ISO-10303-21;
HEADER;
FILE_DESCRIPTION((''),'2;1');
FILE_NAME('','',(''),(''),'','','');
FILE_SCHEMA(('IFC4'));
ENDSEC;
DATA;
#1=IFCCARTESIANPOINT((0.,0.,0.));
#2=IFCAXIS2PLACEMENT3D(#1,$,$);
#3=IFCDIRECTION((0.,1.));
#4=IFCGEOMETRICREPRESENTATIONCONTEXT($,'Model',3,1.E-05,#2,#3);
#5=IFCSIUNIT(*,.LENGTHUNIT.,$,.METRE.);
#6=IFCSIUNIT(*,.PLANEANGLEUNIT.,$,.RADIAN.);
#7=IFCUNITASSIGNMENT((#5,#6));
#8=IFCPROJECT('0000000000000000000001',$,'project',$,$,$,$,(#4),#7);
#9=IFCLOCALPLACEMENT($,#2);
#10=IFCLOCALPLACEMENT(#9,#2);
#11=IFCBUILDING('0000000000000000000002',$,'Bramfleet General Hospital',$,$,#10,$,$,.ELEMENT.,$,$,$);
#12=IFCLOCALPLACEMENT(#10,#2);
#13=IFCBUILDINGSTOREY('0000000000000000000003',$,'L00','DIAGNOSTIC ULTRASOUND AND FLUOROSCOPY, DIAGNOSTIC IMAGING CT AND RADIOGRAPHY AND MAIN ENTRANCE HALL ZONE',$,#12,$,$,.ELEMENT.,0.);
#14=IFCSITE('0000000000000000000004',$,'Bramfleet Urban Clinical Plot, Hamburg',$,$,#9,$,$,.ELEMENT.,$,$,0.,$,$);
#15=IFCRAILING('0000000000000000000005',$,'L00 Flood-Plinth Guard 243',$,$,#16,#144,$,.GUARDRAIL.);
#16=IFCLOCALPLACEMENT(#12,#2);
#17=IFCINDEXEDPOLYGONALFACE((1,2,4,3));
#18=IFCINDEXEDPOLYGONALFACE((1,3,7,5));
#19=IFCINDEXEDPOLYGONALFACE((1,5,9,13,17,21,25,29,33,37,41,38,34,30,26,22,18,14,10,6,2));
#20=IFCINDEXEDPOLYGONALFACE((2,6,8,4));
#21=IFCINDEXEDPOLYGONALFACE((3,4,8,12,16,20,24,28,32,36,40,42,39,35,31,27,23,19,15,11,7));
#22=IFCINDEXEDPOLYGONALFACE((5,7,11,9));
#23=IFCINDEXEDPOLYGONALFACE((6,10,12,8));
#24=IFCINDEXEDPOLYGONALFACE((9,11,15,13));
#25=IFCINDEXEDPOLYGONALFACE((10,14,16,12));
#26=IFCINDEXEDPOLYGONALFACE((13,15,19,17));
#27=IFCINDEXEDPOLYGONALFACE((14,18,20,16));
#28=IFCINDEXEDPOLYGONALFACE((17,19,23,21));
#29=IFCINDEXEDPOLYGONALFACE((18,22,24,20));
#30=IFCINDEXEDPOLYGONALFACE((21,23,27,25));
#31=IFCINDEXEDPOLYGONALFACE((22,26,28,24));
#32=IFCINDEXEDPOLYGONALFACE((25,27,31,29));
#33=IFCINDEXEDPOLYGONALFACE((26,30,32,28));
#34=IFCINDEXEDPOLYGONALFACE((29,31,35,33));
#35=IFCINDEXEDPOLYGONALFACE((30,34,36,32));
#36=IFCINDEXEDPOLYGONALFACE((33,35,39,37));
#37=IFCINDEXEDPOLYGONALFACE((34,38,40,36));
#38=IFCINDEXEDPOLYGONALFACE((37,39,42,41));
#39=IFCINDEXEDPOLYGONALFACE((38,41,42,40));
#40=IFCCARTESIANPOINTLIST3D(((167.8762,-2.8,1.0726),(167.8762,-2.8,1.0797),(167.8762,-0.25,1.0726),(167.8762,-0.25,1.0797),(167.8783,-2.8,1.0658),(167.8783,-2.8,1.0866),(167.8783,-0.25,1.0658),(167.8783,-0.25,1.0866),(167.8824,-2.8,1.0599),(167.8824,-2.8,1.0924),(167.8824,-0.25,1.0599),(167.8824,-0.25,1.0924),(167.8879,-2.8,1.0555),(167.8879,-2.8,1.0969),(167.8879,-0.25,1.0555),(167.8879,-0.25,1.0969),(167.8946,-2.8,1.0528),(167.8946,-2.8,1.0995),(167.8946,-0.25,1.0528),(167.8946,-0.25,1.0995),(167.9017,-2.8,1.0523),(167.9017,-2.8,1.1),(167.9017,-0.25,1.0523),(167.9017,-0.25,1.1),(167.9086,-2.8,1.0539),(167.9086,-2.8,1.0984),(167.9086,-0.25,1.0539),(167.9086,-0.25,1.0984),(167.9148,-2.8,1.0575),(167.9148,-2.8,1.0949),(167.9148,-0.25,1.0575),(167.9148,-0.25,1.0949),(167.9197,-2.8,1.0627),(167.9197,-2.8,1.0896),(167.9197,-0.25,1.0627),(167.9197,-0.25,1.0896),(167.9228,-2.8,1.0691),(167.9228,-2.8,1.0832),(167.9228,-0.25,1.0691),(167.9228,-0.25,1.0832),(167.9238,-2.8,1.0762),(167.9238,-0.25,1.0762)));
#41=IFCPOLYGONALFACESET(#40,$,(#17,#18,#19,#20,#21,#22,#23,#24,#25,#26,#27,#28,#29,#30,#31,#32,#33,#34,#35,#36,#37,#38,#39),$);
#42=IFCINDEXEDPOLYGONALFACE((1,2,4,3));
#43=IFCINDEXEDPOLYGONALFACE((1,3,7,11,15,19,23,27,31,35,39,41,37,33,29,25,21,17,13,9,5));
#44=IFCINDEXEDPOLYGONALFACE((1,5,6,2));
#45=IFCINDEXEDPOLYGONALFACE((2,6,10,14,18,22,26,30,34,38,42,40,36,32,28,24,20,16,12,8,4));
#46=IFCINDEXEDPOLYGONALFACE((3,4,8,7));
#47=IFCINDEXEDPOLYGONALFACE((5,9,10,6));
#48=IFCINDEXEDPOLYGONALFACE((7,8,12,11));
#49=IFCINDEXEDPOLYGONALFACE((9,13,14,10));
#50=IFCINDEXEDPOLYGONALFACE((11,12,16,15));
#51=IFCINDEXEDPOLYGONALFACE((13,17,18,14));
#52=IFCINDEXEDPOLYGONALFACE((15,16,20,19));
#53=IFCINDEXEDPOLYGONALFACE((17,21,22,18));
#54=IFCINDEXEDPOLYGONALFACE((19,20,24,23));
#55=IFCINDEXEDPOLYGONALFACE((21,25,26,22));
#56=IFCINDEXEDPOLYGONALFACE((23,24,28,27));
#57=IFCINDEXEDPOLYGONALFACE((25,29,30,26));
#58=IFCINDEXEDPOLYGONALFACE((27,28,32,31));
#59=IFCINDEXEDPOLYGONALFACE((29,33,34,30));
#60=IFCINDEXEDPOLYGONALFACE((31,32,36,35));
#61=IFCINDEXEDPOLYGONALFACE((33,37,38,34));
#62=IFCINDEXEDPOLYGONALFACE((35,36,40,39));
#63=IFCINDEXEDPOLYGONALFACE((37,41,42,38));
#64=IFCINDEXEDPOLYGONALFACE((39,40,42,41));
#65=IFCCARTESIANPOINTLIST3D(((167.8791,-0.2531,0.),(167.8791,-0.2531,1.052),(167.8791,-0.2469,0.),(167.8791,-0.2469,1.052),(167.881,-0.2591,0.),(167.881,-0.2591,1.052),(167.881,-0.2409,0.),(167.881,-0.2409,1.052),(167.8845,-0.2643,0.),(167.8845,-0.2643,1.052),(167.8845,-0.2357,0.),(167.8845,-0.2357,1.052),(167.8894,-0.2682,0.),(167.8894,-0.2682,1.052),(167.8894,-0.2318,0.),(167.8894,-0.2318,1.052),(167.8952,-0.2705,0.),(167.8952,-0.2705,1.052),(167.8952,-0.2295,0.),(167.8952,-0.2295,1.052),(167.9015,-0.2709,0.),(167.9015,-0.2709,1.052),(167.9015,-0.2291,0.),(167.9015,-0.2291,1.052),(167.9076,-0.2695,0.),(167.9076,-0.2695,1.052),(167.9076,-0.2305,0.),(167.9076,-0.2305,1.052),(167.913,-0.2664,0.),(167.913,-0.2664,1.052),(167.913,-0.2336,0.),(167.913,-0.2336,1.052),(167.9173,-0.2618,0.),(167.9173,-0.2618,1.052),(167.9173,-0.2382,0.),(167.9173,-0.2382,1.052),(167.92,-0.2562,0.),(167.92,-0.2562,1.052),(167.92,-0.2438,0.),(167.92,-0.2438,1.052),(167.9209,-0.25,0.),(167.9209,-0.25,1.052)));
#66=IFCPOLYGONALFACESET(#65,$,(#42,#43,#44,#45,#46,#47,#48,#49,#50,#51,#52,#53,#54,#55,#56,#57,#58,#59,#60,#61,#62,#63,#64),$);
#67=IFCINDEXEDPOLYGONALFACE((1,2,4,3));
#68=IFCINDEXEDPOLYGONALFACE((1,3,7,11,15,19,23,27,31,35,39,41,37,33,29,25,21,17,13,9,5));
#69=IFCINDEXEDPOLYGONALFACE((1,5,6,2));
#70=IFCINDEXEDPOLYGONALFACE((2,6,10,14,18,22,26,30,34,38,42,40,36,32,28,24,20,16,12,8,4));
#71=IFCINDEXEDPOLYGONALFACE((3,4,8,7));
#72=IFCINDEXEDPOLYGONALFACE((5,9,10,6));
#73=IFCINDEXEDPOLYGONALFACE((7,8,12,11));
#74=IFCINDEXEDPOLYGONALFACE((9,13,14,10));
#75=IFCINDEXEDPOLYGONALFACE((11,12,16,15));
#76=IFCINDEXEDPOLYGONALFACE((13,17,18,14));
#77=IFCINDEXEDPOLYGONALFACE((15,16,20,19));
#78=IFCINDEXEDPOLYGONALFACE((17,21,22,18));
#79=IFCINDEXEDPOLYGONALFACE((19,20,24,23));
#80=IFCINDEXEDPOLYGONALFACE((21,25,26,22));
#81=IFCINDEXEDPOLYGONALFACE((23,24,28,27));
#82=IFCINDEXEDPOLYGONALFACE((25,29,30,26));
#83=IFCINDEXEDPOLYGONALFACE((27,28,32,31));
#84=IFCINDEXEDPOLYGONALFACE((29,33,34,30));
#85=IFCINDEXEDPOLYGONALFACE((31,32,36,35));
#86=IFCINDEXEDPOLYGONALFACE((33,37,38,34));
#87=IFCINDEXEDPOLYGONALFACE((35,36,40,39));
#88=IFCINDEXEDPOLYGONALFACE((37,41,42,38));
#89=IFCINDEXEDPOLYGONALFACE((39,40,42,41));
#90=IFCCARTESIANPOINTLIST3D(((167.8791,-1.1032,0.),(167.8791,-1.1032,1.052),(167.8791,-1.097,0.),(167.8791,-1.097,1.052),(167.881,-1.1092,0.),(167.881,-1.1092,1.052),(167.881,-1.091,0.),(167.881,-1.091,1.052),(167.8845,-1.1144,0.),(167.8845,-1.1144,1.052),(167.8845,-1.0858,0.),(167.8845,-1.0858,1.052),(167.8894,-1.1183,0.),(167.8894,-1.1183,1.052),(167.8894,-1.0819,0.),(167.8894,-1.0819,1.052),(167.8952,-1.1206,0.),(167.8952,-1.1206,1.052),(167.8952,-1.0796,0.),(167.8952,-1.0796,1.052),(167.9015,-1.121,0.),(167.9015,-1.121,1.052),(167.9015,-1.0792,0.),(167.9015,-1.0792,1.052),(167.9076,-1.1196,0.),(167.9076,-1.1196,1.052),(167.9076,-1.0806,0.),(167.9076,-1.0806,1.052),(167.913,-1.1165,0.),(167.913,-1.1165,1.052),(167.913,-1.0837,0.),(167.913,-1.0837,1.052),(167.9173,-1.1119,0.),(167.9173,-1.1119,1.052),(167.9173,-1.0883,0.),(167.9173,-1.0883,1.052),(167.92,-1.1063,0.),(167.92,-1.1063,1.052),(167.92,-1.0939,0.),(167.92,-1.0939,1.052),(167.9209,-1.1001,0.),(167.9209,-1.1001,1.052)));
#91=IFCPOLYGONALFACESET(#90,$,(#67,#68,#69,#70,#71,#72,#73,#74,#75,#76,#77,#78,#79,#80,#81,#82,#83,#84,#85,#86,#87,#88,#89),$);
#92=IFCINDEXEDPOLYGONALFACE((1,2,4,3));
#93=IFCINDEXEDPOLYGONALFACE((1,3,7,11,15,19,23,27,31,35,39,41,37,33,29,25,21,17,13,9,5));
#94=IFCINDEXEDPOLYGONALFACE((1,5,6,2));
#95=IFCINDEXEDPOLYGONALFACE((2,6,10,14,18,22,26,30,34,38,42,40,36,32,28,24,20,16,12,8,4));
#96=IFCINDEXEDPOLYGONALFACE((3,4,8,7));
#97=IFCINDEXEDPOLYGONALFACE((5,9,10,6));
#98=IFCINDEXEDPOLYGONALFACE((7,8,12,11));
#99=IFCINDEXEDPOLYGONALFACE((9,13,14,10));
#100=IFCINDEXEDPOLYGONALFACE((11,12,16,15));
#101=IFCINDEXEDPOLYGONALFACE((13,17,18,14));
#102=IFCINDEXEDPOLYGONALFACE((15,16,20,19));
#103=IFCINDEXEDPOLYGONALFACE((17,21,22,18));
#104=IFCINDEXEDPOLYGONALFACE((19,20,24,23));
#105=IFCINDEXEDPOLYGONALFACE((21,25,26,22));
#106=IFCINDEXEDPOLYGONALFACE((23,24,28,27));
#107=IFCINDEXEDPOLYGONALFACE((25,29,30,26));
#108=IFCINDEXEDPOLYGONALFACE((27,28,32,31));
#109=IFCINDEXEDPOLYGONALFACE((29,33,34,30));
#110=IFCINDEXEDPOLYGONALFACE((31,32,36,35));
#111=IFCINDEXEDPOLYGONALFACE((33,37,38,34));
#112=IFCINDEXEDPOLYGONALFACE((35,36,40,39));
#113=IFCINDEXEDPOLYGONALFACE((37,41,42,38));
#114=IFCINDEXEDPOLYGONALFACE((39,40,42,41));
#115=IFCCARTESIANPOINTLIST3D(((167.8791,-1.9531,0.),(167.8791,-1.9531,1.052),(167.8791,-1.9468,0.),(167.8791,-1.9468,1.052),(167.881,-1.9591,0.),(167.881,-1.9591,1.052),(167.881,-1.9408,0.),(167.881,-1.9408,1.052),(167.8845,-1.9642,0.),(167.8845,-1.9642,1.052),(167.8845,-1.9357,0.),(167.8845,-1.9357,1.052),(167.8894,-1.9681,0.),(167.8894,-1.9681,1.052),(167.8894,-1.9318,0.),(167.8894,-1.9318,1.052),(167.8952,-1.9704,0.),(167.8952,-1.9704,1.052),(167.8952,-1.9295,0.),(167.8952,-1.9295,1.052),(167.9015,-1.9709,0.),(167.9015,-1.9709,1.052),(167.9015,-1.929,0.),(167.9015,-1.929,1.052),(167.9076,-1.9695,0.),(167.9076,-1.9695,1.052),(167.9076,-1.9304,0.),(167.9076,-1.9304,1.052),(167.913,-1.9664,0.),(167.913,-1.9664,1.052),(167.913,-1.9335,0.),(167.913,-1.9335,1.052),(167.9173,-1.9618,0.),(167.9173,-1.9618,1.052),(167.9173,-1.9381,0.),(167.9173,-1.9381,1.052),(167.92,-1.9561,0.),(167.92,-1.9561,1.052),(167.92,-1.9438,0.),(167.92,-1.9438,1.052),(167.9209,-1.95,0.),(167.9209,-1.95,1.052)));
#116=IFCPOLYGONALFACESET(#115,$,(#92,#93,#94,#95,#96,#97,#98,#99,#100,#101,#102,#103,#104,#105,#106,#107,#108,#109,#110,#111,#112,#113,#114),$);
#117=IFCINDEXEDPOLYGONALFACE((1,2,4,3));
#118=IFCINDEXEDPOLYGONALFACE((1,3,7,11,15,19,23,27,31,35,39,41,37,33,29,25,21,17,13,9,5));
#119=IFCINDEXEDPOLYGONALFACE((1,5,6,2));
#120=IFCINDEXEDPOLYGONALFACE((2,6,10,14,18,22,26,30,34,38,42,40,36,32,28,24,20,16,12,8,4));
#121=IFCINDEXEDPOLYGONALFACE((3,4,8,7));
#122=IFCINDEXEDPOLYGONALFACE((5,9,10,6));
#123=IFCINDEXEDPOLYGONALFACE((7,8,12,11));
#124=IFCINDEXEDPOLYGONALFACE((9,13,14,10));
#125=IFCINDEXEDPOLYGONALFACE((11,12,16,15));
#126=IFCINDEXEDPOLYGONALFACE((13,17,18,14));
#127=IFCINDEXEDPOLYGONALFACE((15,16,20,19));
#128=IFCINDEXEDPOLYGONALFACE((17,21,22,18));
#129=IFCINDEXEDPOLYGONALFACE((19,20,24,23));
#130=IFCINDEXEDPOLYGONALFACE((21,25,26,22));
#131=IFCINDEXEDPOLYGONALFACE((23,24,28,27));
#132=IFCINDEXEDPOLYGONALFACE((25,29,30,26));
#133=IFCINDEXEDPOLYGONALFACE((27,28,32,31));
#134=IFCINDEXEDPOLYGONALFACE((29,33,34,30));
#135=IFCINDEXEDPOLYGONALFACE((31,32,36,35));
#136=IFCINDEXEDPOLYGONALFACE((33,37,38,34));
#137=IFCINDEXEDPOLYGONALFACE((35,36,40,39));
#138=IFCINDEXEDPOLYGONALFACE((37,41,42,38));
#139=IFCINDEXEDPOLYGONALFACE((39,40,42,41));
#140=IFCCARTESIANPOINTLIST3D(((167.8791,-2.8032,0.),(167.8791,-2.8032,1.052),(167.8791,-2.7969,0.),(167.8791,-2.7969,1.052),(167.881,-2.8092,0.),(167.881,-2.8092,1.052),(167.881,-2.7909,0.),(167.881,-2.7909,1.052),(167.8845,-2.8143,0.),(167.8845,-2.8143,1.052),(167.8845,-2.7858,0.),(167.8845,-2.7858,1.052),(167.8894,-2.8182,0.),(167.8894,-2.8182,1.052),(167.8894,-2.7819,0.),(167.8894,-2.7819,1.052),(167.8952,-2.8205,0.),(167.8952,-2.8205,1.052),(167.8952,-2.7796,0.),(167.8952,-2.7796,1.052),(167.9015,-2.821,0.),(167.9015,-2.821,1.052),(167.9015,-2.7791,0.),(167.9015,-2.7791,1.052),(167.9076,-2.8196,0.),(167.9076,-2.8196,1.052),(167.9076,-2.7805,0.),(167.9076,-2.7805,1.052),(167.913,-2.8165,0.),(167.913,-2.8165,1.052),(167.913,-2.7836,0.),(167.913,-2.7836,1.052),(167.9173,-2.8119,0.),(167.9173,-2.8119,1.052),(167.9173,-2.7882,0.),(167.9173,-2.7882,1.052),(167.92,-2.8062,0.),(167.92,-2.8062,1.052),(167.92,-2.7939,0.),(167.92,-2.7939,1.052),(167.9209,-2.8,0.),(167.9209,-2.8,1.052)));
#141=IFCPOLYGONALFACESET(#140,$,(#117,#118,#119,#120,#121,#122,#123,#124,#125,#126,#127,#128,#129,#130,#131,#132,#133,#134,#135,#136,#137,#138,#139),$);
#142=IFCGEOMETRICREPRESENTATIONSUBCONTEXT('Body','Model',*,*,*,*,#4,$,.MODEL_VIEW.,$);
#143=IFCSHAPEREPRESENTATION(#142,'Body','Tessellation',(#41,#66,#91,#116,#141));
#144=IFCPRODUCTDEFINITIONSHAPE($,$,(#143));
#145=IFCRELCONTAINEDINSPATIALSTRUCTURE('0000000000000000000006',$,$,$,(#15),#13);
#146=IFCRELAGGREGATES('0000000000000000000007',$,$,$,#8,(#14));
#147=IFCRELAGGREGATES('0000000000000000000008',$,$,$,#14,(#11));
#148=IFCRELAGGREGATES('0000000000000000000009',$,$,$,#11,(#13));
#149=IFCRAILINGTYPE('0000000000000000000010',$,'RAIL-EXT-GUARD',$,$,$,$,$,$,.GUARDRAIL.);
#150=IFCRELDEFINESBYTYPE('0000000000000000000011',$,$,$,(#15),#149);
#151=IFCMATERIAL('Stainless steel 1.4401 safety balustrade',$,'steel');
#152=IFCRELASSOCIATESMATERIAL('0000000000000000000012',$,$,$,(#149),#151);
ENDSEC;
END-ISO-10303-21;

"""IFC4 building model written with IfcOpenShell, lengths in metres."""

from ifc_helpers import new_model, si_unit, direction, frame, origin, origin_2d, place, context, subcontext, project, spatial, circle, extrude, material, type_object, element, save


model = new_model("IFC4")

# Units and contexts
model_context = context("Model", 3, precision=1e-05, world=origin(), true_north=direction((0.0, 1.0)))
body_context = subcontext(model_context, "Body", "Model", "MODEL_VIEW")
ifc_project = project(units=[si_unit("LENGTHUNIT", "METRE"), si_unit("PLANEANGLEUNIT", "RADIAN")], contexts=[model_context])

# Site, building, storey
site_placement = place(None, origin())
site = spatial("IfcSite", under=ifc_project, at=site_placement, Name="Bramfleet Urban Clinical Plot, Hamburg", CompositionType="ELEMENT", RefElevation=0.0)
building_placement = place(site_placement, origin())
building = spatial("IfcBuilding", under=site, at=building_placement, Name="Bramfleet General Hospital", CompositionType="ELEMENT")
storey_placement = place(building_placement, origin())
storey = spatial("IfcBuildingStorey", under=building, at=storey_placement, Name="L00", Description="DIAGNOSTIC ULTRASOUND AND FLUOROSCOPY, DIAGNOSTIC IMAGING CT AND RADIOGRAPHY AND MAIN ENTRANCE HALL ZONE", CompositionType="ELEMENT", Elevation=0.0)

# Railing
ifc_material_1 = material(Name="Stainless steel 1.4401 safety balustrade", Category="steel")
railing_type = type_object("IfcRailingType", Name="RAIL-EXT-GUARD", PredefinedType="GUARDRAIL", material=ifc_material_1)
railing_1_placement = place(storey_placement, frame((167.8999, -0.25, 0.0)))
element("IfcRailing", 1, at=railing_1_placement, inside=storey, type_object=railing_type, Name="L00 Flood-Plinth Guard 243", PredefinedType="GUARDRAIL", context=body_context, shape_type="SweptSolid", body=[
    extrude(circle(Radius=0.0239, at=origin_2d()), frame((0.0, 0.0, 1.0762), z_axis=(0.0, -1.0, 0.0), x_axis=(1.0, 0.0, 0.0)), (0.0, 0.0, 1.0), 2.55),
    extrude(circle(Radius=0.021, at=origin_2d()), origin(), (0.0, 0.0, 1.0), 1.052),
    extrude(circle(Radius=0.021, at=origin_2d()), frame((0.0, -0.8501, 0.0)), (0.0, 0.0, 1.0), 1.052),
    extrude(circle(Radius=0.021, at=origin_2d()), frame((0.0, -1.7, 0.0)), (0.0, 0.0, 1.0), 1.052),
    extrude(circle(Radius=0.021, at=origin_2d()), frame((0.0, -2.55, 0.0)), (0.0, 0.0, 1.0), 1.052),
])

save(model, "model.ifc")
